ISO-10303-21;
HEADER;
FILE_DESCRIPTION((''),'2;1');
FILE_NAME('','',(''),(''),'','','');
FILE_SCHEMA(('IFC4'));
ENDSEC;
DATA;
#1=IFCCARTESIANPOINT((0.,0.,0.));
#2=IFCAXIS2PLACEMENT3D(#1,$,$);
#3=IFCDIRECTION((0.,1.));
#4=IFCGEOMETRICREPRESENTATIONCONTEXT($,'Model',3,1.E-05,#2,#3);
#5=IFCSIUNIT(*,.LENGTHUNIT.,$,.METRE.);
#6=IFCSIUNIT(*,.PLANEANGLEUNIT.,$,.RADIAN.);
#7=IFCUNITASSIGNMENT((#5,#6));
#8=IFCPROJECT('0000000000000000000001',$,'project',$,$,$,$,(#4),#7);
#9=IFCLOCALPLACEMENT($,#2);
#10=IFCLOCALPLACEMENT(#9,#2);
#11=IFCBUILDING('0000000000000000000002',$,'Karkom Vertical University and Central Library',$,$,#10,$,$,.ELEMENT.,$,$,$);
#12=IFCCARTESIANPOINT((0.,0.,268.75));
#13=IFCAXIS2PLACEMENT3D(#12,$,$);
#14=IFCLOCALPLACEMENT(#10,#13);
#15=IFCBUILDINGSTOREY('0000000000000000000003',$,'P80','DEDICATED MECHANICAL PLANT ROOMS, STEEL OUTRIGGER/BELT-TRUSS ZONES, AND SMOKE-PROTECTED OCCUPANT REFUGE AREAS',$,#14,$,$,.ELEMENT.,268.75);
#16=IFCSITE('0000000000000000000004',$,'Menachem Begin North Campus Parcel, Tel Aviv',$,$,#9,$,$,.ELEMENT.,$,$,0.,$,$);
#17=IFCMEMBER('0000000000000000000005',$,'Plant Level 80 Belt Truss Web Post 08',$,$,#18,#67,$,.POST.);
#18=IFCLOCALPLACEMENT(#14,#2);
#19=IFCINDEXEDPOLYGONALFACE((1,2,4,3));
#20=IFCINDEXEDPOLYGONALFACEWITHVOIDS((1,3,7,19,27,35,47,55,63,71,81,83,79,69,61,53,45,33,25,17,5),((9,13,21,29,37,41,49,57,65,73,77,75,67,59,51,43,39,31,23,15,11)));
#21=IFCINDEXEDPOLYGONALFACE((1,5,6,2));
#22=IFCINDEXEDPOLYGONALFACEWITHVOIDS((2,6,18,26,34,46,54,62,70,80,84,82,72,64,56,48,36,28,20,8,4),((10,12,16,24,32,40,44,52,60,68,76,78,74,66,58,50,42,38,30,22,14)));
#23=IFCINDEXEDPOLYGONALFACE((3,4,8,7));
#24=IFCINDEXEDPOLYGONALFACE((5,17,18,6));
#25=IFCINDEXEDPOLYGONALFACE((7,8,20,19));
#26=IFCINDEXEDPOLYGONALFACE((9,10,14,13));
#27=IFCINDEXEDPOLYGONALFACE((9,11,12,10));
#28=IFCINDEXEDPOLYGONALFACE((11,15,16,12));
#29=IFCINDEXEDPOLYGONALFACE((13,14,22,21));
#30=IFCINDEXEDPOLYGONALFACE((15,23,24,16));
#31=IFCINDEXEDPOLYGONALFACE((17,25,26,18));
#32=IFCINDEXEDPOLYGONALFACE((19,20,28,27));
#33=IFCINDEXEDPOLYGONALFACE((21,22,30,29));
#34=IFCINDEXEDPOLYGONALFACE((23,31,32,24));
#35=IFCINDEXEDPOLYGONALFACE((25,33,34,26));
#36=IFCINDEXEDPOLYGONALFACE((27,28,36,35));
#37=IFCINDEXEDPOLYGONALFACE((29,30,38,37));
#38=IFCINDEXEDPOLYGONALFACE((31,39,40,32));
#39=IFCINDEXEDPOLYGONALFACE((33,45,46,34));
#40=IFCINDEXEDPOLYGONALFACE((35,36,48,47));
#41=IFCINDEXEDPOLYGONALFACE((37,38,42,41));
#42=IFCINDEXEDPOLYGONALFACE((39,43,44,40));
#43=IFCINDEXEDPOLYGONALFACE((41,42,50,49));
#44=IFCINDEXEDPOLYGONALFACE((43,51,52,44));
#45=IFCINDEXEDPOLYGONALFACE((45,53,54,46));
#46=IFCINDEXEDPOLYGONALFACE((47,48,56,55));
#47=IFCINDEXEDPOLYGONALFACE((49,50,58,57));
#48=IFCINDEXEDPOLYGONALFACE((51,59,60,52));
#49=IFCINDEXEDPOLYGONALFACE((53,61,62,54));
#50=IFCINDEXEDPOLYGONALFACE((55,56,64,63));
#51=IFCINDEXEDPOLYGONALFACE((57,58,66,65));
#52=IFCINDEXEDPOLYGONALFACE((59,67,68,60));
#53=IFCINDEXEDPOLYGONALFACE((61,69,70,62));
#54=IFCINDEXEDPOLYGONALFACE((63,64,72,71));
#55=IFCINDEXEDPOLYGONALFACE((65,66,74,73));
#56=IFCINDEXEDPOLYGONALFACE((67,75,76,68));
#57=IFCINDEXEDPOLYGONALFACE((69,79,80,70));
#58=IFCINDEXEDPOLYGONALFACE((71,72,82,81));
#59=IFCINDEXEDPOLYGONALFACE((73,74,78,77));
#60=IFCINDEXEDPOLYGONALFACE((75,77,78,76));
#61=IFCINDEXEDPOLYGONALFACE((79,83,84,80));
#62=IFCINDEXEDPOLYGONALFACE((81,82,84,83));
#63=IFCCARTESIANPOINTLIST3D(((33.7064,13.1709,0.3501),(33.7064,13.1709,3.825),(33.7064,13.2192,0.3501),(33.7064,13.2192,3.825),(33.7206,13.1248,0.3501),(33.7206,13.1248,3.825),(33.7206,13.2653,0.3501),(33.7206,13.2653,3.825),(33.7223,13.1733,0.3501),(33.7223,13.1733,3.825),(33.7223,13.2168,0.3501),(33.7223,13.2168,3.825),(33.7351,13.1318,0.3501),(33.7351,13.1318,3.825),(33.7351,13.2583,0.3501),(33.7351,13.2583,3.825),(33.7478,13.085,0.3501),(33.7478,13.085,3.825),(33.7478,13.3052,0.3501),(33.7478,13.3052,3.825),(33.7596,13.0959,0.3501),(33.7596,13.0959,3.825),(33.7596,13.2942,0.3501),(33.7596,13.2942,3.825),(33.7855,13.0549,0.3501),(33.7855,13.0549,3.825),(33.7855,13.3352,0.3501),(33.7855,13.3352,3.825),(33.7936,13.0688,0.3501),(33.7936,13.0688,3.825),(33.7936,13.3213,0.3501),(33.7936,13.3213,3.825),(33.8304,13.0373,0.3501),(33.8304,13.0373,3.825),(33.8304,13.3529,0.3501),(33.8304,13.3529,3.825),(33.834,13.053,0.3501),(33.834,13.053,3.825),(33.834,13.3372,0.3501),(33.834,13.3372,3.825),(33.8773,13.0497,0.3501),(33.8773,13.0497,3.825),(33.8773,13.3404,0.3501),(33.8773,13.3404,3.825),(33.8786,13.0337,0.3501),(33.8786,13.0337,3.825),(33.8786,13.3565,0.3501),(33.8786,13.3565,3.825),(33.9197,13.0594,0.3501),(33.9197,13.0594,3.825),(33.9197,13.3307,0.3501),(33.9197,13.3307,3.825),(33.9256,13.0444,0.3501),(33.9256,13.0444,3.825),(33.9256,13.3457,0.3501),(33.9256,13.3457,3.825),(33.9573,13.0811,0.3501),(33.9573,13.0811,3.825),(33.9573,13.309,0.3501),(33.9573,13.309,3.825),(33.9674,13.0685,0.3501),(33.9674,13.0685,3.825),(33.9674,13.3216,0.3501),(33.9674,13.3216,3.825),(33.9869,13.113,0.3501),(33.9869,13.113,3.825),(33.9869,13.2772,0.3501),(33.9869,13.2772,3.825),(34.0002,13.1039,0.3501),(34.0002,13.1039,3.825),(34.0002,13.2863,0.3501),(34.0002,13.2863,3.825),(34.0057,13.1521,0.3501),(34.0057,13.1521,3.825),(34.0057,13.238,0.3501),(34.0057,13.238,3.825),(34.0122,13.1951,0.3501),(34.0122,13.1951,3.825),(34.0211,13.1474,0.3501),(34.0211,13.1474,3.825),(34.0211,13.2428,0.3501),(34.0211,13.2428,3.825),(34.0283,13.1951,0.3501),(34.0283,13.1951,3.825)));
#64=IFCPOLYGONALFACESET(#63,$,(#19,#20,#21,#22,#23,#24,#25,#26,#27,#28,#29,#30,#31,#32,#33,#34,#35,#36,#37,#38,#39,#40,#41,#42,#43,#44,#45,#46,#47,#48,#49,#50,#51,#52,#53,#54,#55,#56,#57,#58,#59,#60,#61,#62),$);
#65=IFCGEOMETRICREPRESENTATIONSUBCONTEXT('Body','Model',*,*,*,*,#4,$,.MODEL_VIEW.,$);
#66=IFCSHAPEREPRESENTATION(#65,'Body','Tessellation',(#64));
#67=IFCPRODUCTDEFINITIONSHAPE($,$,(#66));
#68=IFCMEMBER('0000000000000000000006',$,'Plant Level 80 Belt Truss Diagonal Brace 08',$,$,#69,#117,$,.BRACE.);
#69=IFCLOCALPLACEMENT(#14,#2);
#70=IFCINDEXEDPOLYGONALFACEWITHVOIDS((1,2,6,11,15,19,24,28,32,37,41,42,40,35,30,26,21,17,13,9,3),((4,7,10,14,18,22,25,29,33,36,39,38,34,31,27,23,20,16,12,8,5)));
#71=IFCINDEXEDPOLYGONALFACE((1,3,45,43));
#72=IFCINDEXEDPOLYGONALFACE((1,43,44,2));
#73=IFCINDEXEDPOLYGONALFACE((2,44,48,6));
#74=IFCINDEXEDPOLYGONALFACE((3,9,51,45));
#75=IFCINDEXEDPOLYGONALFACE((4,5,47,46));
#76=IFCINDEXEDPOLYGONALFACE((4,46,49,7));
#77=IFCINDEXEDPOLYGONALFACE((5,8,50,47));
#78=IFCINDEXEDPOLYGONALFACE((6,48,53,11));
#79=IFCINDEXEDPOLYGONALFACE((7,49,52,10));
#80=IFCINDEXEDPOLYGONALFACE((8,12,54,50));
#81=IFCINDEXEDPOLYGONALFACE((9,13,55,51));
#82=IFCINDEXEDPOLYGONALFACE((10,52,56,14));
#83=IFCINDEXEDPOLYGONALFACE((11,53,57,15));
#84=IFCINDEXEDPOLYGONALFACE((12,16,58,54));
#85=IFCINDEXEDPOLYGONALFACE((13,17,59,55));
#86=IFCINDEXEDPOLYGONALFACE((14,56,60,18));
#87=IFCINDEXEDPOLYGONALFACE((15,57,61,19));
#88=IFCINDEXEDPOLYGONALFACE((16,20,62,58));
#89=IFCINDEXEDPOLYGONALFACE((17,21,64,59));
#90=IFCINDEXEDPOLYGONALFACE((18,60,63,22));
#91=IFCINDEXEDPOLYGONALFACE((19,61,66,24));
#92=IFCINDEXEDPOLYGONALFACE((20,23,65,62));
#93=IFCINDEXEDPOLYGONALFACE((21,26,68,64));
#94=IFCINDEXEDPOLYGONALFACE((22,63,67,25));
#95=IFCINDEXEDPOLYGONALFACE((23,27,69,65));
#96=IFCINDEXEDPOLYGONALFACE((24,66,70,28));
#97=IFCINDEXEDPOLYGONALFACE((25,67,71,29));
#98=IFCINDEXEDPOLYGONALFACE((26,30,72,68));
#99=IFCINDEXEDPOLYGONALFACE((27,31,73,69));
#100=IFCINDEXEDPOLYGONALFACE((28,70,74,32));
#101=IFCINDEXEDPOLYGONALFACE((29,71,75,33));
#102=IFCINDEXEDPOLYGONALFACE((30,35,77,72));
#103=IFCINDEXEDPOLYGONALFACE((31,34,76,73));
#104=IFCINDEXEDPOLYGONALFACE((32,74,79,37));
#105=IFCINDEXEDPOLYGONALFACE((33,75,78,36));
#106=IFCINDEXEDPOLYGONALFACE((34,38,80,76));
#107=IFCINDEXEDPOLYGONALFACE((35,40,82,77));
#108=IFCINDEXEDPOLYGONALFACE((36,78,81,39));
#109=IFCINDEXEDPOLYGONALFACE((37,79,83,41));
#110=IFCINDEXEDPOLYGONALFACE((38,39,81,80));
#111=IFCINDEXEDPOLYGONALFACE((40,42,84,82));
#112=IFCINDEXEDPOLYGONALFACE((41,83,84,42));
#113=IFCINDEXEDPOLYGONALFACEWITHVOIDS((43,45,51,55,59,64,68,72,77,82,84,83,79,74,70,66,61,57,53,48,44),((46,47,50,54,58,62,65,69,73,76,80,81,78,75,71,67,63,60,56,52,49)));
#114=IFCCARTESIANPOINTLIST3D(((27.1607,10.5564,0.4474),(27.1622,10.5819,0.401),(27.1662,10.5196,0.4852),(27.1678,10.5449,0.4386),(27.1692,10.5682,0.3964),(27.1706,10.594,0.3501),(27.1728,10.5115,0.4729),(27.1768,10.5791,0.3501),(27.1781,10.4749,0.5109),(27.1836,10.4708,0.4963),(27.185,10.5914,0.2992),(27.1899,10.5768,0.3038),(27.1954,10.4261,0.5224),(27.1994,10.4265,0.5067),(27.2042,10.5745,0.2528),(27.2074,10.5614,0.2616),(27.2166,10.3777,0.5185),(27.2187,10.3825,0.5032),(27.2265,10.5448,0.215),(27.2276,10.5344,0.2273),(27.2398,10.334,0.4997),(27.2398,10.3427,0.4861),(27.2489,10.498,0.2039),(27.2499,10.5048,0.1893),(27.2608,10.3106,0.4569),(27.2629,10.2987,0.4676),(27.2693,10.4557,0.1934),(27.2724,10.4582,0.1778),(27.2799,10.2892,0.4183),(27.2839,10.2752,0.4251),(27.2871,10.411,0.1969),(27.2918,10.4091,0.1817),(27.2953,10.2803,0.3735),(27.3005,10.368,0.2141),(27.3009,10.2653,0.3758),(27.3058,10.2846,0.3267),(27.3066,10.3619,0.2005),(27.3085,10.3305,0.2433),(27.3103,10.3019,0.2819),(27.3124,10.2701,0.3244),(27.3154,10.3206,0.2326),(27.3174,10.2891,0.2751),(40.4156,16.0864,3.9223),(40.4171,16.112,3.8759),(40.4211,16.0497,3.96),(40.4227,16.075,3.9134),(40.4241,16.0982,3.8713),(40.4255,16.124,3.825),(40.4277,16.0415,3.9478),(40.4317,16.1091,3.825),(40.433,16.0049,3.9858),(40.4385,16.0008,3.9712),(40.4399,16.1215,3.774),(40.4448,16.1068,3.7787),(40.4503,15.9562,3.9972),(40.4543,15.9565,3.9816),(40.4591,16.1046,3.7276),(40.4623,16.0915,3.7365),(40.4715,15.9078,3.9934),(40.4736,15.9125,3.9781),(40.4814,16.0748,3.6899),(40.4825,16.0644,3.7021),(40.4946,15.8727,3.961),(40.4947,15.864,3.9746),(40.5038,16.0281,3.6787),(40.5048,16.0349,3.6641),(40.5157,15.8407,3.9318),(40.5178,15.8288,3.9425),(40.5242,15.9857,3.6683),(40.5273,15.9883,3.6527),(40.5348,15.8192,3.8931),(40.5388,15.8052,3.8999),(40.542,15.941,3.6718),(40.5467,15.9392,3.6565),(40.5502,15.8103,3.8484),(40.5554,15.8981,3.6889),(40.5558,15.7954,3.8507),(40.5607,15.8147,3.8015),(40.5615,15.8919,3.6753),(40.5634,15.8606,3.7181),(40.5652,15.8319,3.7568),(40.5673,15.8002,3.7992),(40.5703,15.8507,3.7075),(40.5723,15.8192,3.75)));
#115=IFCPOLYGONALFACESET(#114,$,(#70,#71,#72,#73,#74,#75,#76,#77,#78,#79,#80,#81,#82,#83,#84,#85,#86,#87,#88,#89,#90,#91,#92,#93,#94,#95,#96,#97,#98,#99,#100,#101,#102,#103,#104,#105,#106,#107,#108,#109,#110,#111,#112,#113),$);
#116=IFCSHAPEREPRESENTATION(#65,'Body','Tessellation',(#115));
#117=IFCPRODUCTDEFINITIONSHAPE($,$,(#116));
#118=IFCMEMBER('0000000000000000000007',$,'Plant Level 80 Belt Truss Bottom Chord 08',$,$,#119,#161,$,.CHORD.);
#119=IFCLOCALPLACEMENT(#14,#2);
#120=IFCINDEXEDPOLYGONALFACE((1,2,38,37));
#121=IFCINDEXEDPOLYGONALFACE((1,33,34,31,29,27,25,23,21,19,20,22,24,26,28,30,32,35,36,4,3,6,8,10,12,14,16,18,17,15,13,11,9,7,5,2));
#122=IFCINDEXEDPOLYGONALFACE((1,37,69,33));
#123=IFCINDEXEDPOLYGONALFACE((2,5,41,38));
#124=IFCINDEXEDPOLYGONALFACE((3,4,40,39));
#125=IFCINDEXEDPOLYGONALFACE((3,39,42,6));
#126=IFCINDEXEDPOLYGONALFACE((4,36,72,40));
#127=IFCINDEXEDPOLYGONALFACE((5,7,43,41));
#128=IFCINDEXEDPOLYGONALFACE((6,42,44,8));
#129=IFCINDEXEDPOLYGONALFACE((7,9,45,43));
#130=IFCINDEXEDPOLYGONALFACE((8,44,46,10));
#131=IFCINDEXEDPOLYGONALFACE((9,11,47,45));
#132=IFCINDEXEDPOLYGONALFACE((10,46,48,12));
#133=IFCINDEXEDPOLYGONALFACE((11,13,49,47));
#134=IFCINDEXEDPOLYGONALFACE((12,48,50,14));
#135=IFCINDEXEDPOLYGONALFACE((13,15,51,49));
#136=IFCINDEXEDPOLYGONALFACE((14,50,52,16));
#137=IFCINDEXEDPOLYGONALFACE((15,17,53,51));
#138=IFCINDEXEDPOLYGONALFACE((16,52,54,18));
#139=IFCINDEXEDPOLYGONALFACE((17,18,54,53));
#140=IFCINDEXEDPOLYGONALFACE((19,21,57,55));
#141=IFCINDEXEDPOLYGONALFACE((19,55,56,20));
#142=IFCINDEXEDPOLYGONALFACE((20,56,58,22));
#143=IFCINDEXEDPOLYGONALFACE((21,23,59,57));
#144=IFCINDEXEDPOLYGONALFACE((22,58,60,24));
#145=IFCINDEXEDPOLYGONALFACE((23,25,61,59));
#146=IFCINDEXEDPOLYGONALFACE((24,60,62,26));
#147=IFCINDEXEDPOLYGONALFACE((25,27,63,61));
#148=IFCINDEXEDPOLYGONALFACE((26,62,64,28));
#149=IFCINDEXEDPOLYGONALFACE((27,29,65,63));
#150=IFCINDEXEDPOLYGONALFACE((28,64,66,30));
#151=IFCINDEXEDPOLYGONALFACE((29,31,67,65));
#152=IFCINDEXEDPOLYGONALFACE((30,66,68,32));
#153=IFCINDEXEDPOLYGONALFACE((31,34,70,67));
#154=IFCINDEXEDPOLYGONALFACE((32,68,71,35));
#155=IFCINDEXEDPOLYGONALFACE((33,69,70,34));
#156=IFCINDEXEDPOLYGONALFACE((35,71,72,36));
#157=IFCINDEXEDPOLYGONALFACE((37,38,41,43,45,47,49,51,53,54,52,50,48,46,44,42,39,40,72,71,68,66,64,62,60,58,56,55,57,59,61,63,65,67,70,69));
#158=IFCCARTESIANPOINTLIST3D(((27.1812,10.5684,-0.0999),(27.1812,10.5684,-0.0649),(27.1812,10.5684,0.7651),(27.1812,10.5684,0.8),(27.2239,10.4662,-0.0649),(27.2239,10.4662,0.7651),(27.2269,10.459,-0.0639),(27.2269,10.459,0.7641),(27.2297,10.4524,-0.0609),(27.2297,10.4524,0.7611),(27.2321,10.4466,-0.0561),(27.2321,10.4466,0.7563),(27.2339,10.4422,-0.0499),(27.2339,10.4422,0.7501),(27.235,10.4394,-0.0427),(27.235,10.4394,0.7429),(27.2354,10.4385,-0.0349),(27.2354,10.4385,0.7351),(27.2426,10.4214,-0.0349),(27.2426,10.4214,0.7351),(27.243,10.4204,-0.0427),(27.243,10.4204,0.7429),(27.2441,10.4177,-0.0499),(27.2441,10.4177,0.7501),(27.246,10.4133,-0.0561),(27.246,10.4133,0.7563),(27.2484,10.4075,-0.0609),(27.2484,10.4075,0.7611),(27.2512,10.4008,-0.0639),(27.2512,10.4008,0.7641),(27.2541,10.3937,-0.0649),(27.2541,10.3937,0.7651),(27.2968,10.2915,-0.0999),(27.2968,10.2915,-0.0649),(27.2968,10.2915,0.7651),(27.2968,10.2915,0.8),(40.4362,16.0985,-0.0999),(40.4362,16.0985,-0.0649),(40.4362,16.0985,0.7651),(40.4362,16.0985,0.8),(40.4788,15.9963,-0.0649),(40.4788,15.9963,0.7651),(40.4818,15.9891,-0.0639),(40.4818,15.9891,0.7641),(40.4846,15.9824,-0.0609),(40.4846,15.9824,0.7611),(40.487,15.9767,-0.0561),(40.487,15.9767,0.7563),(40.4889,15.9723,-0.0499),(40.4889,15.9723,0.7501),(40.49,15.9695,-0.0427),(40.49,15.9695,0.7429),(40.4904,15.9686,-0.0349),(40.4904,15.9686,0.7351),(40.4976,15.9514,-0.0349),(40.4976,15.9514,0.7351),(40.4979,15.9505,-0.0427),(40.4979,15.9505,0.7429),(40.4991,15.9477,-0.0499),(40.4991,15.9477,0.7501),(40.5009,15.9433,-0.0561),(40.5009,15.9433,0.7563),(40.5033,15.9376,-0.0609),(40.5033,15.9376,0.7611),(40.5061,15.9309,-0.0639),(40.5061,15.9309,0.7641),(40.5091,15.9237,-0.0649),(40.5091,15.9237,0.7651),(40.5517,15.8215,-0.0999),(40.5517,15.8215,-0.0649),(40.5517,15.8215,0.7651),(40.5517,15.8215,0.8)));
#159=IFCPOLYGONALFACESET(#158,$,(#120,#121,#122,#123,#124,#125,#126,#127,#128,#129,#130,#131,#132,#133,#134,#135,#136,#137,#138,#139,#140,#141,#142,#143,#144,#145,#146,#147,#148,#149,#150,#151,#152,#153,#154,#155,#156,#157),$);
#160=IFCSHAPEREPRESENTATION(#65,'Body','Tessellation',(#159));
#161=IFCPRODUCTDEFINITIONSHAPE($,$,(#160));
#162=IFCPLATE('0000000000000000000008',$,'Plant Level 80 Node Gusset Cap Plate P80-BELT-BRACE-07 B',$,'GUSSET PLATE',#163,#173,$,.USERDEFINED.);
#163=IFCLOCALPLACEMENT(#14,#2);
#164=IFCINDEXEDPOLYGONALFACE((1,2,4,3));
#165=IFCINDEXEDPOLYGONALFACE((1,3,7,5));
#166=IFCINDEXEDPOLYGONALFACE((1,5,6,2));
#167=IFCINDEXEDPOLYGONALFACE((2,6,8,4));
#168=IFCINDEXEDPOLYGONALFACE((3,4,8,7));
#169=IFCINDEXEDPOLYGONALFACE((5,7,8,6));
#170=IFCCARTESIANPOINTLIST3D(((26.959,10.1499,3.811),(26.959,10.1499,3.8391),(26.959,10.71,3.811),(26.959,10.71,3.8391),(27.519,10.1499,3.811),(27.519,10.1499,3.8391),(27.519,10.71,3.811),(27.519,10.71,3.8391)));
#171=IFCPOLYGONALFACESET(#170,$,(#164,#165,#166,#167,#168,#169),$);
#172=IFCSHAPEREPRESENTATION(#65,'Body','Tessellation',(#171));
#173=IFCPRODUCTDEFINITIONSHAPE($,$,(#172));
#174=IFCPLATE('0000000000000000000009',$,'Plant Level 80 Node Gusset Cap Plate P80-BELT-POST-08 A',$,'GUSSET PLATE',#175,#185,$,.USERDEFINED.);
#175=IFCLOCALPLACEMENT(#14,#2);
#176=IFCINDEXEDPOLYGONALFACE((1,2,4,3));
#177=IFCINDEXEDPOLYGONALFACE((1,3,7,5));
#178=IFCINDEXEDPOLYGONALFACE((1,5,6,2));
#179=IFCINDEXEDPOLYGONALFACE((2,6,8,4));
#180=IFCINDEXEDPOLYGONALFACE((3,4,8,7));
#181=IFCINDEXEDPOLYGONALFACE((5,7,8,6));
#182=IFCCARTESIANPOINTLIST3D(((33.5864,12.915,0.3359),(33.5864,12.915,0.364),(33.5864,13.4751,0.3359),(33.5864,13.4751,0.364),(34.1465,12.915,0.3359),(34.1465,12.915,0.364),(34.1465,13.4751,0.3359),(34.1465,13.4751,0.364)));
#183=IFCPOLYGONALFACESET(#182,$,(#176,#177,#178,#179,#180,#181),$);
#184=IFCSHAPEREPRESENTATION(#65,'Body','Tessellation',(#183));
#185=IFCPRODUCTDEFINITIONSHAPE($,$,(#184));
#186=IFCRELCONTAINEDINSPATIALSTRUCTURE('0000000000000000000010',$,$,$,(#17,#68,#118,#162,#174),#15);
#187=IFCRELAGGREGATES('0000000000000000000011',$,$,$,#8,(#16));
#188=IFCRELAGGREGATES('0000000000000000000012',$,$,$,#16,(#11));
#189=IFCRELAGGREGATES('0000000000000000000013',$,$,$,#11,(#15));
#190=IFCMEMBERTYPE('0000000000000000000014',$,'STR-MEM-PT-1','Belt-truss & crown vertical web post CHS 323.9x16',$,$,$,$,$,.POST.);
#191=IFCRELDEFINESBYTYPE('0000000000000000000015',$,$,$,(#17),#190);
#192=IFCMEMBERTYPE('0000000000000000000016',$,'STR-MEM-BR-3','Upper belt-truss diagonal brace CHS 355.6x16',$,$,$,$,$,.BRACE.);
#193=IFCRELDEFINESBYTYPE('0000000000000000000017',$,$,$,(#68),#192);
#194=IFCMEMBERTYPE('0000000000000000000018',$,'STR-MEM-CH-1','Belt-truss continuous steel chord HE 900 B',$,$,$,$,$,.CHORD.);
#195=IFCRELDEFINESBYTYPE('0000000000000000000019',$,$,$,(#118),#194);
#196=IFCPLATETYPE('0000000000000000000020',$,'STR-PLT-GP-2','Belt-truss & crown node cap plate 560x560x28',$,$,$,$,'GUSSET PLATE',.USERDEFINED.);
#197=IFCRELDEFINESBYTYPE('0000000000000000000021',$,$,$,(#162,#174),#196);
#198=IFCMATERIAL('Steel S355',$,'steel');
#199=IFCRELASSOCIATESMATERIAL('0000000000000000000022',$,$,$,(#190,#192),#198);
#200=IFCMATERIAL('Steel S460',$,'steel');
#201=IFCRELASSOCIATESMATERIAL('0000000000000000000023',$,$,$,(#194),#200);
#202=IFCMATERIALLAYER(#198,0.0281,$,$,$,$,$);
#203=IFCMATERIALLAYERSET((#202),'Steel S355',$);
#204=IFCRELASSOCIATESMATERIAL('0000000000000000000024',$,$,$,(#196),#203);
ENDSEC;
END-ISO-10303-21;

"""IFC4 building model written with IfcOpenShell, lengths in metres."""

from ifc_helpers import new_model, si_unit, direction, frame, origin, origin_with_axes, origin_2d, place, context, subcontext, project, spatial, rectangle, hollow_circle, i_section, extrude, source, transform, mapped, material, layer, layer_set, material_profile, profile_set, type_object, element, save


model = new_model("IFC4")

# Units and contexts
model_context = context("Model", 3, precision=1e-05, world=origin(), true_north=direction((0.0, 1.0)))
body_context = subcontext(model_context, "Body", "Model", "MODEL_VIEW")
ifc_project = project(units=[si_unit("LENGTHUNIT", "METRE"), si_unit("PLANEANGLEUNIT", "RADIAN")], contexts=[model_context])

# Site, building, storey
site_placement = place(None, origin())
site = spatial("IfcSite", under=ifc_project, at=site_placement, Name="Menachem Begin North Campus Parcel, Tel Aviv", CompositionType="ELEMENT", RefElevation=0.0)
building_placement = place(site_placement, origin())
building = spatial("IfcBuilding", under=site, at=building_placement, Name="Karkom Vertical University and Central Library", CompositionType="ELEMENT")
storey_placement = place(building_placement, frame((0.0, 0.0, 268.75)))
storey = spatial("IfcBuildingStorey", under=building, at=storey_placement, Name="P80", Description="DEDICATED MECHANICAL PLANT ROOMS, STEEL OUTRIGGER/BELT-TRUSS ZONES, AND SMOKE-PROTECTED OCCUPANT REFUGE AREAS", CompositionType="ELEMENT", Elevation=268.75)

# Shared definitions
ifc_material_1 = material(Name="Steel S355", Category="steel")
ifc_material_2 = material(Name="Steel S460", Category="steel")

# Members
ifc_material_profile_1 = material_profile(ifc_material_1, hollow_circle(Radius=0.1619, WallThickness=0.0161, at=origin_2d()), Name="CHS 323.9x16")
ifc_profile_set_1 = profile_set([ifc_material_profile_1], Name="Steel S355")
member_type_1 = type_object("IfcMemberType", Name="STR-MEM-PT-1", Description="Belt-truss & crown vertical web post CHS 323.9x16", PredefinedType="POST", material=ifc_profile_set_1)
shared_shape_1 = source(origin_with_axes(), body_context, "Body", "SweptSolid", [
    extrude(hollow_circle(Radius=0.1619, WallThickness=0.0161, at=origin_2d()), origin(), (0.0, 0.0, 1.0), 3.4749),
])
member_1_placement = place(storey_placement, frame((33.8665, 13.1951, 0.3501), z_axis=(0.0, 0.0, 1.0), x_axis=(1.0, 0.0, 0.0)))
element("IfcMember", 1, at=member_1_placement, inside=storey, type_object=member_type_1, Name="Plant Level 80 Belt Truss Web Post 08", PredefinedType="POST", context=body_context, shape_type="MappedRepresentation", body=[
    mapped(shared_shape_1, transform((0.0, 0.0, 0.0), scale=1.0)),
])
ifc_material_profile_2 = material_profile(ifc_material_1, hollow_circle(Radius=0.1777, WallThickness=0.0161, at=origin_2d()), Name="CHS 355.6x16")
ifc_profile_set_2 = profile_set([ifc_material_profile_2], Name="Steel S355")
member_type_2 = type_object("IfcMemberType", Name="STR-MEM-BR-3", Description="Upper belt-truss diagonal brace CHS 355.6x16", PredefinedType="BRACE", material=ifc_profile_set_2)
shared_shape_2 = source(origin_with_axes(), body_context, "Body", "SweptSolid", [
    extrude(hollow_circle(Radius=0.1777, WallThickness=0.0161, at=origin_2d()), origin(), (0.0, 0.0, 1.0), 14.7766),
])
member_2_placement = place(storey_placement, frame((27.239, 10.4299, 0.3501), z_axis=(0.897019, 0.374242, 0.235159), x_axis=(-0.38504, 0.9229, 0.0)))
element("IfcMember", 2, at=member_2_placement, inside=storey, type_object=member_type_2, Name="Plant Level 80 Belt Truss Diagonal Brace 08", PredefinedType="BRACE", context=body_context, shape_type="MappedRepresentation", body=[
    mapped(shared_shape_2, transform((0.0, 0.0, 0.0), scale=1.0)),
])
ifc_material_profile_3 = material_profile(ifc_material_2, i_section(OverallWidth=0.3, OverallDepth=0.8999, WebThickness=0.0186, FlangeThickness=0.0349, FilletRadius=0.03, at=origin_2d()), Name="HE 900 B")
ifc_profile_set_3 = profile_set([ifc_material_profile_3], Name="Steel S460")
member_type_3 = type_object("IfcMemberType", Name="STR-MEM-CH-1", Description="Belt-truss continuous steel chord HE 900 B", PredefinedType="CHORD", material=ifc_profile_set_3)
shared_shape_3 = source(origin_with_axes(), body_context, "Body", "SweptSolid", [
    extrude(i_section(OverallWidth=0.3, OverallDepth=0.8999, WebThickness=0.0186, FlangeThickness=0.0349, FilletRadius=0.03, at=origin_2d()), origin(), (0.0, 0.0, 1.0), 14.3623),
])
member_3_placement = place(storey_placement, frame((27.239, 10.4299, 0.3501), z_axis=(0.9229, 0.38504, 0.0), x_axis=(-0.38504, 0.9229, 0.0)))
element("IfcMember", 3, at=member_3_placement, inside=storey, type_object=member_type_3, Name="Plant Level 80 Belt Truss Bottom Chord 08", PredefinedType="CHORD", context=body_context, shape_type="MappedRepresentation", body=[
    mapped(shared_shape_3, transform((0.0, 0.0, 0.0), scale=1.0)),
])

# Plates
ifc_layer_1 = layer(ifc_material_1, 0.0281)
ifc_layer_set_1 = layer_set([ifc_layer_1], Name="Steel S355")
plate_type_1 = type_object("IfcPlateType", Name="STR-PLT-GP-2", Description="Belt-truss & crown node cap plate 560x560x28", ElementType="GUSSET PLATE", PredefinedType="USERDEFINED", material=ifc_layer_set_1)
shared_shape_4 = source(origin_with_axes(), body_context, "Body", "SweptSolid", [
    extrude(rectangle(XDim=0.5601, YDim=0.5601, at=origin_2d()), origin(), (0.0, 0.0, 1.0), 0.0281),
])
for number, where, z_axis, x_axis, name in (
    (4, (27.239, 10.4299, 3.811), (0.0, 0.0, 1.0), (1.0, 0.0, 0.0), "Plant Level 80 Node Gusset Cap Plate P80-BELT-BRACE-07 B"),
    (5, (33.8665, 13.1951, 0.3359), (0.0, 0.0, 1.0), (1.0, 0.0, 0.0), "Plant Level 80 Node Gusset Cap Plate P80-BELT-POST-08 A"),
):
    element("IfcPlate", number, at=place(storey_placement, frame(where, z_axis=z_axis, x_axis=x_axis)), inside=storey, type_object=plate_type_1, Name=name, ObjectType="GUSSET PLATE", PredefinedType="USERDEFINED", context=body_context, shape_type="MappedRepresentation", body=[
        mapped(shared_shape_4, transform((0.0, 0.0, 0.0), scale=1.0)),
    ])

save(model, "model.ifc")
